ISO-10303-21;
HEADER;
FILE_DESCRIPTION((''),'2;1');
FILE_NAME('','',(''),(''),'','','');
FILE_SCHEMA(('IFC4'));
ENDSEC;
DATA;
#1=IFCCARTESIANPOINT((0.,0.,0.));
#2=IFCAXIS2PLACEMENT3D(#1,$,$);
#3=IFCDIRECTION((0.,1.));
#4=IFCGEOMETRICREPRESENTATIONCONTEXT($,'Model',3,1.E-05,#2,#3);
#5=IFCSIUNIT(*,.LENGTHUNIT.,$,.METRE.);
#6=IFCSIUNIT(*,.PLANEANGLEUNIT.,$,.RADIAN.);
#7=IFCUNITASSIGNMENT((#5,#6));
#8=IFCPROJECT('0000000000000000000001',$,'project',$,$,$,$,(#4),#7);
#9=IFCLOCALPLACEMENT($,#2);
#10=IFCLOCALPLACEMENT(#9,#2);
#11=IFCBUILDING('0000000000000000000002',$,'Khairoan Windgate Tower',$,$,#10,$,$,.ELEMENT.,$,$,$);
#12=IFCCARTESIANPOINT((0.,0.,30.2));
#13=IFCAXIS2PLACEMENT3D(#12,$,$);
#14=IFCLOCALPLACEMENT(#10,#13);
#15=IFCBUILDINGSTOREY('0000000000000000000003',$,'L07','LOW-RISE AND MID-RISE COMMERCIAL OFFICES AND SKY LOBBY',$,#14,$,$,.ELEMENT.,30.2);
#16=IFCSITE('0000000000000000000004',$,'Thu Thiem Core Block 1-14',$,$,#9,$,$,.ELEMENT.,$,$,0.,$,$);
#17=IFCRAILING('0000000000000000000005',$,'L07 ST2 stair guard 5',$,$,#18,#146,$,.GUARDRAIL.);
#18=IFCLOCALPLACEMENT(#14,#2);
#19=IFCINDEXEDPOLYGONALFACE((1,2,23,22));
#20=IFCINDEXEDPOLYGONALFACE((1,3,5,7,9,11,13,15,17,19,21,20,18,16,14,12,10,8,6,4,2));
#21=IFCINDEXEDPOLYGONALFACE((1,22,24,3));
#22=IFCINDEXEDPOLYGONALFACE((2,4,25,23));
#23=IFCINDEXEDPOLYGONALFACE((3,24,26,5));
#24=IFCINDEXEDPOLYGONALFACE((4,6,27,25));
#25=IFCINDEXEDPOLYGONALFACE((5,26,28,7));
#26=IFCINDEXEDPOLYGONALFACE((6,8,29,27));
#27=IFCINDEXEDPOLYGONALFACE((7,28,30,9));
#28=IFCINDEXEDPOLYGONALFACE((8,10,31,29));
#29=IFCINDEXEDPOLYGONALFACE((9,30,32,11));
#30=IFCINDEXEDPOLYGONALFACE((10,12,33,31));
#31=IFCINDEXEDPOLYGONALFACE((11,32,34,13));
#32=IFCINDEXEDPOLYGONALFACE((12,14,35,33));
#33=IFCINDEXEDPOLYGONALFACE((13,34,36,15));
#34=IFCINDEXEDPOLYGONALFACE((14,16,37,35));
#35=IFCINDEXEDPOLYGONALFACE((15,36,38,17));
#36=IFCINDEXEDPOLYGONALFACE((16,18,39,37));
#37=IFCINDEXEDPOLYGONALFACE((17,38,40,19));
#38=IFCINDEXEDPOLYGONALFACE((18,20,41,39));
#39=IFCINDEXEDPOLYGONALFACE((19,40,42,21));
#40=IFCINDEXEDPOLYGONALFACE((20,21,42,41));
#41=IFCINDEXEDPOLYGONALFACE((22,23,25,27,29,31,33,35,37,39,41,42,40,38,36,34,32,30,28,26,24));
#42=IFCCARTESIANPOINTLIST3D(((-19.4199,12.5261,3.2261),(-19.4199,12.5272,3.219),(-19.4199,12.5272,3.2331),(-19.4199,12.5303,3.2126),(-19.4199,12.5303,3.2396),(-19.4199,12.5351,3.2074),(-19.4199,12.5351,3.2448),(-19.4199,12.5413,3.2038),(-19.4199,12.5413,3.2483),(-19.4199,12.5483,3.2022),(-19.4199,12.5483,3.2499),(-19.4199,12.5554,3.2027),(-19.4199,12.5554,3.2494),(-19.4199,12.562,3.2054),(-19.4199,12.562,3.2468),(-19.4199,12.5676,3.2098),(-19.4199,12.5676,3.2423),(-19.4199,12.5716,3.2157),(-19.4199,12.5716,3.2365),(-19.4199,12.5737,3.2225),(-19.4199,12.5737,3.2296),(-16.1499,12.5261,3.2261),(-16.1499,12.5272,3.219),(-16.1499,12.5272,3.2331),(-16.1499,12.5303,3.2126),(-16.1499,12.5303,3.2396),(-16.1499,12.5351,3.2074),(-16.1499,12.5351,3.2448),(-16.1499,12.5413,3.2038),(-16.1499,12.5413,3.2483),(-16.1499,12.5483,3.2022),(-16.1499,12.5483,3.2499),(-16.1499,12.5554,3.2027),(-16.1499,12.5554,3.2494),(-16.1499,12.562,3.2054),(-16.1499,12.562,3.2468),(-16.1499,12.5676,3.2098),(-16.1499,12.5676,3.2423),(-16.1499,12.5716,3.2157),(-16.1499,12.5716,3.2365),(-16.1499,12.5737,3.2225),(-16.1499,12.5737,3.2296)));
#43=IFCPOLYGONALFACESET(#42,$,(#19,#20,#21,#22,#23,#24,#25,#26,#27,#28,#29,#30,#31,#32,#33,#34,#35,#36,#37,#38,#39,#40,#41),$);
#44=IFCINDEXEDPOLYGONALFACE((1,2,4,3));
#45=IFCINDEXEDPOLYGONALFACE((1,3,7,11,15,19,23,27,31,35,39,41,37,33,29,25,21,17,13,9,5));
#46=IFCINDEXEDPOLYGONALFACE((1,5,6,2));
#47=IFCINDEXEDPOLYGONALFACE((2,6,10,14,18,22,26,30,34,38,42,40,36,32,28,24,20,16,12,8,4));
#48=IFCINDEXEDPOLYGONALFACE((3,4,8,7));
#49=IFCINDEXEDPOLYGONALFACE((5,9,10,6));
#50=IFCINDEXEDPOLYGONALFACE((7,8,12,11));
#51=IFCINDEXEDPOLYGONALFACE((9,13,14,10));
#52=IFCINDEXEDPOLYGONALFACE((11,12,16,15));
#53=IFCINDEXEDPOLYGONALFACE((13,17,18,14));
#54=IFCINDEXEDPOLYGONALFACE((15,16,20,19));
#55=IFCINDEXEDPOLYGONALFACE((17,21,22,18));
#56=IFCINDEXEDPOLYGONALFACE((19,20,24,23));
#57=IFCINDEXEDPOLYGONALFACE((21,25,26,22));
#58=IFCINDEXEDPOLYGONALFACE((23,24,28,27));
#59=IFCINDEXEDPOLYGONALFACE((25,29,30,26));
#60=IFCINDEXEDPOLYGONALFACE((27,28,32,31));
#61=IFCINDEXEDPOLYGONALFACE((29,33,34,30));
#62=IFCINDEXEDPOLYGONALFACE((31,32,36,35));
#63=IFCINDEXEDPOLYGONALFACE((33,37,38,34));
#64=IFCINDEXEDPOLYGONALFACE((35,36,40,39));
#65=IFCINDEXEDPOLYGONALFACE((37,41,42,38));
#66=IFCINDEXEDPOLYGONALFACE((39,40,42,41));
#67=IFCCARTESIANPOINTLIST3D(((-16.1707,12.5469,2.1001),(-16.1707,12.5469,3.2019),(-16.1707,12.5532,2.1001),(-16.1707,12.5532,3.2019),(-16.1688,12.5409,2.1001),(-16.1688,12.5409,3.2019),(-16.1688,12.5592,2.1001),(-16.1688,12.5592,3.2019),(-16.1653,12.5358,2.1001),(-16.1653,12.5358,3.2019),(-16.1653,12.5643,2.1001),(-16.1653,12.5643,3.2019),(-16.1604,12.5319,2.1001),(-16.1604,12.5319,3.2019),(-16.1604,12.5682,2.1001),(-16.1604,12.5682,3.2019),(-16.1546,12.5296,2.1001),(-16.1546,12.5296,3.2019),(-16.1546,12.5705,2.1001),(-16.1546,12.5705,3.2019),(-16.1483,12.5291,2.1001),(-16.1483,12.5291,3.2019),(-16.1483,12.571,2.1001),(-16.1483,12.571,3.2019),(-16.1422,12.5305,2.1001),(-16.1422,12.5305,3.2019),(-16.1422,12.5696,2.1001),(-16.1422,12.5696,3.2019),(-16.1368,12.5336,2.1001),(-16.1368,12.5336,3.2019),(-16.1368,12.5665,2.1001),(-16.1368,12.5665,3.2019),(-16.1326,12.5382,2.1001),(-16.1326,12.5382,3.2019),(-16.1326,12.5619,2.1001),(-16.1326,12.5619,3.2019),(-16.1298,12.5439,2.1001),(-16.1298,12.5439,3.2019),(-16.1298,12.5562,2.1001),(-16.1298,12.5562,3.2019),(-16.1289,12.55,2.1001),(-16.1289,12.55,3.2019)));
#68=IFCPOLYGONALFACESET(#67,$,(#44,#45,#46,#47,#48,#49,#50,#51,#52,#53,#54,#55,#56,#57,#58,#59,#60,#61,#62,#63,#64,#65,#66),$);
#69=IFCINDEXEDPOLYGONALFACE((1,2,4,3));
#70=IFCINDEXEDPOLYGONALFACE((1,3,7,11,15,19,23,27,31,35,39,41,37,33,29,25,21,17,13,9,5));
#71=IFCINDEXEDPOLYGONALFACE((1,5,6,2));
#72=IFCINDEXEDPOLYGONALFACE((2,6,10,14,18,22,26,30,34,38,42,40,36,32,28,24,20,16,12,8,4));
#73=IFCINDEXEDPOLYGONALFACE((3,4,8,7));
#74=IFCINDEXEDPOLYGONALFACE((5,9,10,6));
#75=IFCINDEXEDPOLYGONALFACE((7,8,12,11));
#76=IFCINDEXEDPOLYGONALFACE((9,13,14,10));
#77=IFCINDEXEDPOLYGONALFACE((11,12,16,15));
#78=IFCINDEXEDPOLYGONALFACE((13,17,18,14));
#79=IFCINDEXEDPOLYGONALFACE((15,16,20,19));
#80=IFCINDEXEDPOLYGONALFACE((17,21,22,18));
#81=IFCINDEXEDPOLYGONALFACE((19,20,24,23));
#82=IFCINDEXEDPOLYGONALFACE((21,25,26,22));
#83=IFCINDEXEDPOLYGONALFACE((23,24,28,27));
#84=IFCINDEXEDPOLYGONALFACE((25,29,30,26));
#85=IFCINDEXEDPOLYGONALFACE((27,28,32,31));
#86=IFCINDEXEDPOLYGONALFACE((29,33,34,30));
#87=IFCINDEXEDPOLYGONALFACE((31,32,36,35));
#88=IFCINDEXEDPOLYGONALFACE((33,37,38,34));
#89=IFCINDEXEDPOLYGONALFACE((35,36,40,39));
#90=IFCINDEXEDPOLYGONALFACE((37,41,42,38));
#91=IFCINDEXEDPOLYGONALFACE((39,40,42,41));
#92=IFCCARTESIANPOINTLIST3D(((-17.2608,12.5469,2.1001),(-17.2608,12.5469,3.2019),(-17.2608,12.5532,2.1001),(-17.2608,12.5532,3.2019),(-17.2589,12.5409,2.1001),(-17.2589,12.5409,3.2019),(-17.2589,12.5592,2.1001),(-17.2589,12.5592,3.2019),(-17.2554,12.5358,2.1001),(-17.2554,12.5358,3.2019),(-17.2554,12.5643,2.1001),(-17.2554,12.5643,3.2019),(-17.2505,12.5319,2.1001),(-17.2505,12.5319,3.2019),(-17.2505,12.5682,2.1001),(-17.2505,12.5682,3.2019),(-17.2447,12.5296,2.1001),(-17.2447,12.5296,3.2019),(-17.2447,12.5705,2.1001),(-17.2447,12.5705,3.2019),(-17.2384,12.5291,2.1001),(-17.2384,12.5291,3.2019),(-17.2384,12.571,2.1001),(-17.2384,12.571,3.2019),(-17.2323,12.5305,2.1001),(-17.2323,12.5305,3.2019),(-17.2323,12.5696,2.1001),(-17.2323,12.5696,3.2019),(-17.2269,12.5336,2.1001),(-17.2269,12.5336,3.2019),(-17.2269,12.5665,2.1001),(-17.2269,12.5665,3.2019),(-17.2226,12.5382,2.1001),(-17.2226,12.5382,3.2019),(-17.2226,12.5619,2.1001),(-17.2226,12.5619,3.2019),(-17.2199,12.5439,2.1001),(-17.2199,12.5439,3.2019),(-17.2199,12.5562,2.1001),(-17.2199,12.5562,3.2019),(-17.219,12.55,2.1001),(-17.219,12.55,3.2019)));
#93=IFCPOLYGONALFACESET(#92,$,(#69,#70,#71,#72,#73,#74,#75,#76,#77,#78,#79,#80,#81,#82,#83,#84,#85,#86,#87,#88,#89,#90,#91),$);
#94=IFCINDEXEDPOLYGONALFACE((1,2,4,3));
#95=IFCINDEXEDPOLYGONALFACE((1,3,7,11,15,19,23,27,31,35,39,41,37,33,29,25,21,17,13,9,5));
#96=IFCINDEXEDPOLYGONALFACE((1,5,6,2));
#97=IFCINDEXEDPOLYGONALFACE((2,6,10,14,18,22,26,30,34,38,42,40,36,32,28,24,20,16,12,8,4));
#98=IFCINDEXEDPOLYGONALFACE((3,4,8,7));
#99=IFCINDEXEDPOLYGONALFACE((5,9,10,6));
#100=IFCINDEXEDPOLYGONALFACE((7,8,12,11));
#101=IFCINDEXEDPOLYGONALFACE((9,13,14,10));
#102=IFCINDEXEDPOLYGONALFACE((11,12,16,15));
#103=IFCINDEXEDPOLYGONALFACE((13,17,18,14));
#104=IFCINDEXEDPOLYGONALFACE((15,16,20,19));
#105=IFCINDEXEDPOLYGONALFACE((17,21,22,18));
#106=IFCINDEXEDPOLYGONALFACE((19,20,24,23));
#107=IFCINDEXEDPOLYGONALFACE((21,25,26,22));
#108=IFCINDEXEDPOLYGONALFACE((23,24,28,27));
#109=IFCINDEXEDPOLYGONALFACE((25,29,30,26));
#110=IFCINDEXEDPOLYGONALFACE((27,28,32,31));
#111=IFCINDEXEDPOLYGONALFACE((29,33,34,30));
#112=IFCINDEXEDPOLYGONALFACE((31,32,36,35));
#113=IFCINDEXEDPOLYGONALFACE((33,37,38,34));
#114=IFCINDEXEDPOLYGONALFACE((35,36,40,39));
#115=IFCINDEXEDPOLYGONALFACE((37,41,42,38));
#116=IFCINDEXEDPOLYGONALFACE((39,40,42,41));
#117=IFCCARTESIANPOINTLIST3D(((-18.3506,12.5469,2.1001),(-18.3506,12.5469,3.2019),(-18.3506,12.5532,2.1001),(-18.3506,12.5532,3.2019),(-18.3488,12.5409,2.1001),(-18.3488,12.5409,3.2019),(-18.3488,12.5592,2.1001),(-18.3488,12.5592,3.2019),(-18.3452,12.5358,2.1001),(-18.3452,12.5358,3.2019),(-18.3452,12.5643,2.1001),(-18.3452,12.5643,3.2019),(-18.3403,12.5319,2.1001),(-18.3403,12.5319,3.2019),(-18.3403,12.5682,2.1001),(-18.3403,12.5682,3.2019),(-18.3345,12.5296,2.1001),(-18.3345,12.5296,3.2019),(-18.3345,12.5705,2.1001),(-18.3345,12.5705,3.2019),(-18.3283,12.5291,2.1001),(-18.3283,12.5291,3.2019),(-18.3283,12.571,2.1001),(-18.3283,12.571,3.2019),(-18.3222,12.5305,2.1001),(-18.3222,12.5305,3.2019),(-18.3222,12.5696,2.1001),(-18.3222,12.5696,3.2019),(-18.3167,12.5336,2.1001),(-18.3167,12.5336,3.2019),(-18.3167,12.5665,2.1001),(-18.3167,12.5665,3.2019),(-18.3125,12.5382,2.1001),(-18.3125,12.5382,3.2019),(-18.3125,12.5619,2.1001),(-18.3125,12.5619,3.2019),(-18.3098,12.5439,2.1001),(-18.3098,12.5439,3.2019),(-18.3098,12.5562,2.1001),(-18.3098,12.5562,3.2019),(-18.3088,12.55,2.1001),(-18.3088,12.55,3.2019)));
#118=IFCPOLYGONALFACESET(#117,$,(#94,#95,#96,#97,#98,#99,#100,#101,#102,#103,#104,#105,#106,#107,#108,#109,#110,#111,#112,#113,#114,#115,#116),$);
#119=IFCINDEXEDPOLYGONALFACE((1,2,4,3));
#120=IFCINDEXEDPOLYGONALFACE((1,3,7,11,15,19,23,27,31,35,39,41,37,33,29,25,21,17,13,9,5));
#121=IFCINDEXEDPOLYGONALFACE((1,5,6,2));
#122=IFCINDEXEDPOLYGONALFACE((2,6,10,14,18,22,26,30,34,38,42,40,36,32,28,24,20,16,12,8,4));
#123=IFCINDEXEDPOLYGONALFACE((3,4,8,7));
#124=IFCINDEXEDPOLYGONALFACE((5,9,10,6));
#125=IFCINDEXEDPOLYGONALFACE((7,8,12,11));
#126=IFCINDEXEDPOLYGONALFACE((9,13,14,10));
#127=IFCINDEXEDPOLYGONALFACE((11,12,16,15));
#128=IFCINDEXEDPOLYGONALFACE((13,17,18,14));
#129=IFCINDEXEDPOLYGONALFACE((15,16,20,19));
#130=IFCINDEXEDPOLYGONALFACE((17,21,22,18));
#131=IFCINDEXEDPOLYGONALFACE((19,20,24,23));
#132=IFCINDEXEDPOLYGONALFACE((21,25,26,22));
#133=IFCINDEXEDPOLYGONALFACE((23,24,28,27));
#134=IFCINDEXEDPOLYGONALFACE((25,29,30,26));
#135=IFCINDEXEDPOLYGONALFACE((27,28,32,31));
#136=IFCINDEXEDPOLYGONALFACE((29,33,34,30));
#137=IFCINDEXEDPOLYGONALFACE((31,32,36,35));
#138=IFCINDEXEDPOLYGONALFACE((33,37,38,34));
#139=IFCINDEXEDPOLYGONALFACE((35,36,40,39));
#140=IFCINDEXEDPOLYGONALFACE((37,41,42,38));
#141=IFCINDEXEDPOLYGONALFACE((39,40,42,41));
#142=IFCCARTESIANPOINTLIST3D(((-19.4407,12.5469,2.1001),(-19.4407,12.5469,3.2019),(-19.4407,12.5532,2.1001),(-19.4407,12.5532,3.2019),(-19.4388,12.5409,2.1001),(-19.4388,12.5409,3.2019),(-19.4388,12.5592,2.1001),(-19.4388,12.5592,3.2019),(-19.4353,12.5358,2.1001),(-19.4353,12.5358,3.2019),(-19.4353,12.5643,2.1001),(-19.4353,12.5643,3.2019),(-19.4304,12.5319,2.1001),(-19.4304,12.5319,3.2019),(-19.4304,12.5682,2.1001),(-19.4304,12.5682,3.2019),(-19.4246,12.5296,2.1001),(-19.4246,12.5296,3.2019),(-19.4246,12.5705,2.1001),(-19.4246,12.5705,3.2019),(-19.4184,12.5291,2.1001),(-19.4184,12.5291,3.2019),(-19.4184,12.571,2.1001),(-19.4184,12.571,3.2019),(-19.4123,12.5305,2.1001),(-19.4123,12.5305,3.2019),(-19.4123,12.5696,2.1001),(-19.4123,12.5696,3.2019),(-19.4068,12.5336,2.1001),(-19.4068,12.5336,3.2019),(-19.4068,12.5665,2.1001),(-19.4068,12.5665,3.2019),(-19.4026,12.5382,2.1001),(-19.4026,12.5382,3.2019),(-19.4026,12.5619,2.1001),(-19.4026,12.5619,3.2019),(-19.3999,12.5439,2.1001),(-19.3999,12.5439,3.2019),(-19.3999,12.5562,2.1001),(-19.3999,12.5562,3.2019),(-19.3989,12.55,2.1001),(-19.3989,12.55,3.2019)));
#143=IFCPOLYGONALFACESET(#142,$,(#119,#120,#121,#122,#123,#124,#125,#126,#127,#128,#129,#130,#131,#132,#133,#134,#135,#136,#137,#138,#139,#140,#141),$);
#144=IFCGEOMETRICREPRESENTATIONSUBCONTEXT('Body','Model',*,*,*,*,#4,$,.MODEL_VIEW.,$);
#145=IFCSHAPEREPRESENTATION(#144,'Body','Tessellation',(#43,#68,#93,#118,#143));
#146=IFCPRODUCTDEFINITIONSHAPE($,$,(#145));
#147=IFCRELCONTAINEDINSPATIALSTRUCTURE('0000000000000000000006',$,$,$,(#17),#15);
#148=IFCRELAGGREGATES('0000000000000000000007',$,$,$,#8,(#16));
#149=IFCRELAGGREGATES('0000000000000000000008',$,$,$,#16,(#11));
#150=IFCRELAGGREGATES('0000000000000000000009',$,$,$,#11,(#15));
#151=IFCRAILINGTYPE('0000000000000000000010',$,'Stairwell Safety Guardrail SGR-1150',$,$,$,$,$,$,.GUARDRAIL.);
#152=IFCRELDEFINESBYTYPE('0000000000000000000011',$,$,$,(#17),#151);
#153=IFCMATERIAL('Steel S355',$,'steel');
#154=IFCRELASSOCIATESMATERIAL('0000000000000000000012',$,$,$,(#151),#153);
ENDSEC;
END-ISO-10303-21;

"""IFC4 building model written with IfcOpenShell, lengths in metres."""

from ifc_helpers import new_model, si_unit, direction, frame, origin, origin_2d, place, context, subcontext, project, spatial, circle, extrude, material, type_object, element, save


model = new_model("IFC4")

# Units and contexts
model_context = context("Model", 3, precision=1e-05, world=origin(), true_north=direction((0.0, 1.0)))
body_context = subcontext(model_context, "Body", "Model", "MODEL_VIEW")
ifc_project = project(units=[si_unit("LENGTHUNIT", "METRE"), si_unit("PLANEANGLEUNIT", "RADIAN")], contexts=[model_context])

# Site, building, storey
site_placement = place(None, origin())
site = spatial("IfcSite", under=ifc_project, at=site_placement, Name="Thu Thiem Core Block 1-14", CompositionType="ELEMENT", RefElevation=0.0)
building_placement = place(site_placement, origin())
building = spatial("IfcBuilding", under=site, at=building_placement, Name="Khairoan Windgate Tower", CompositionType="ELEMENT")
storey_placement = place(building_placement, frame((0.0, 0.0, 30.2)))
storey = spatial("IfcBuildingStorey", under=building, at=storey_placement, Name="L07", Description="LOW-RISE AND MID-RISE COMMERCIAL OFFICES AND SKY LOBBY", CompositionType="ELEMENT", Elevation=30.2)

# Railing
ifc_material_1 = material(Name="Steel S355", Category="steel")
railing_type = type_object("IfcRailingType", Name="Stairwell Safety Guardrail SGR-1150", PredefinedType="GUARDRAIL", material=ifc_material_1)
railing_1_placement = place(storey_placement, frame((-16.1499, 12.55, 2.1001)))
element("IfcRailing", 1, at=railing_1_placement, inside=storey, type_object=railing_type, Name="L07 ST2 stair guard 5", PredefinedType="GUARDRAIL", context=body_context, shape_type="SweptSolid", body=[
    extrude(circle(Radius=0.0239, at=origin_2d()), frame((0.0, 0.0, 1.126), z_axis=(-1.0, 0.0, 0.0), x_axis=(0.0, -1.0, 0.0)), (0.0, 0.0, 1.0), 3.27),
    extrude(circle(Radius=0.021, at=origin_2d()), origin(), (0.0, 0.0, 1.0), 1.1018),
    extrude(circle(Radius=0.021, at=origin_2d()), frame((-1.0901, 0.0, 0.0)), (0.0, 0.0, 1.0), 1.1018),
    extrude(circle(Radius=0.021, at=origin_2d()), frame((-2.1799, 0.0, 0.0)), (0.0, 0.0, 1.0), 1.1018),
    extrude(circle(Radius=0.021, at=origin_2d()), frame((-3.27, 0.0, 0.0)), (0.0, 0.0, 1.0), 1.1018),
])

save(model, "model.ifc")
